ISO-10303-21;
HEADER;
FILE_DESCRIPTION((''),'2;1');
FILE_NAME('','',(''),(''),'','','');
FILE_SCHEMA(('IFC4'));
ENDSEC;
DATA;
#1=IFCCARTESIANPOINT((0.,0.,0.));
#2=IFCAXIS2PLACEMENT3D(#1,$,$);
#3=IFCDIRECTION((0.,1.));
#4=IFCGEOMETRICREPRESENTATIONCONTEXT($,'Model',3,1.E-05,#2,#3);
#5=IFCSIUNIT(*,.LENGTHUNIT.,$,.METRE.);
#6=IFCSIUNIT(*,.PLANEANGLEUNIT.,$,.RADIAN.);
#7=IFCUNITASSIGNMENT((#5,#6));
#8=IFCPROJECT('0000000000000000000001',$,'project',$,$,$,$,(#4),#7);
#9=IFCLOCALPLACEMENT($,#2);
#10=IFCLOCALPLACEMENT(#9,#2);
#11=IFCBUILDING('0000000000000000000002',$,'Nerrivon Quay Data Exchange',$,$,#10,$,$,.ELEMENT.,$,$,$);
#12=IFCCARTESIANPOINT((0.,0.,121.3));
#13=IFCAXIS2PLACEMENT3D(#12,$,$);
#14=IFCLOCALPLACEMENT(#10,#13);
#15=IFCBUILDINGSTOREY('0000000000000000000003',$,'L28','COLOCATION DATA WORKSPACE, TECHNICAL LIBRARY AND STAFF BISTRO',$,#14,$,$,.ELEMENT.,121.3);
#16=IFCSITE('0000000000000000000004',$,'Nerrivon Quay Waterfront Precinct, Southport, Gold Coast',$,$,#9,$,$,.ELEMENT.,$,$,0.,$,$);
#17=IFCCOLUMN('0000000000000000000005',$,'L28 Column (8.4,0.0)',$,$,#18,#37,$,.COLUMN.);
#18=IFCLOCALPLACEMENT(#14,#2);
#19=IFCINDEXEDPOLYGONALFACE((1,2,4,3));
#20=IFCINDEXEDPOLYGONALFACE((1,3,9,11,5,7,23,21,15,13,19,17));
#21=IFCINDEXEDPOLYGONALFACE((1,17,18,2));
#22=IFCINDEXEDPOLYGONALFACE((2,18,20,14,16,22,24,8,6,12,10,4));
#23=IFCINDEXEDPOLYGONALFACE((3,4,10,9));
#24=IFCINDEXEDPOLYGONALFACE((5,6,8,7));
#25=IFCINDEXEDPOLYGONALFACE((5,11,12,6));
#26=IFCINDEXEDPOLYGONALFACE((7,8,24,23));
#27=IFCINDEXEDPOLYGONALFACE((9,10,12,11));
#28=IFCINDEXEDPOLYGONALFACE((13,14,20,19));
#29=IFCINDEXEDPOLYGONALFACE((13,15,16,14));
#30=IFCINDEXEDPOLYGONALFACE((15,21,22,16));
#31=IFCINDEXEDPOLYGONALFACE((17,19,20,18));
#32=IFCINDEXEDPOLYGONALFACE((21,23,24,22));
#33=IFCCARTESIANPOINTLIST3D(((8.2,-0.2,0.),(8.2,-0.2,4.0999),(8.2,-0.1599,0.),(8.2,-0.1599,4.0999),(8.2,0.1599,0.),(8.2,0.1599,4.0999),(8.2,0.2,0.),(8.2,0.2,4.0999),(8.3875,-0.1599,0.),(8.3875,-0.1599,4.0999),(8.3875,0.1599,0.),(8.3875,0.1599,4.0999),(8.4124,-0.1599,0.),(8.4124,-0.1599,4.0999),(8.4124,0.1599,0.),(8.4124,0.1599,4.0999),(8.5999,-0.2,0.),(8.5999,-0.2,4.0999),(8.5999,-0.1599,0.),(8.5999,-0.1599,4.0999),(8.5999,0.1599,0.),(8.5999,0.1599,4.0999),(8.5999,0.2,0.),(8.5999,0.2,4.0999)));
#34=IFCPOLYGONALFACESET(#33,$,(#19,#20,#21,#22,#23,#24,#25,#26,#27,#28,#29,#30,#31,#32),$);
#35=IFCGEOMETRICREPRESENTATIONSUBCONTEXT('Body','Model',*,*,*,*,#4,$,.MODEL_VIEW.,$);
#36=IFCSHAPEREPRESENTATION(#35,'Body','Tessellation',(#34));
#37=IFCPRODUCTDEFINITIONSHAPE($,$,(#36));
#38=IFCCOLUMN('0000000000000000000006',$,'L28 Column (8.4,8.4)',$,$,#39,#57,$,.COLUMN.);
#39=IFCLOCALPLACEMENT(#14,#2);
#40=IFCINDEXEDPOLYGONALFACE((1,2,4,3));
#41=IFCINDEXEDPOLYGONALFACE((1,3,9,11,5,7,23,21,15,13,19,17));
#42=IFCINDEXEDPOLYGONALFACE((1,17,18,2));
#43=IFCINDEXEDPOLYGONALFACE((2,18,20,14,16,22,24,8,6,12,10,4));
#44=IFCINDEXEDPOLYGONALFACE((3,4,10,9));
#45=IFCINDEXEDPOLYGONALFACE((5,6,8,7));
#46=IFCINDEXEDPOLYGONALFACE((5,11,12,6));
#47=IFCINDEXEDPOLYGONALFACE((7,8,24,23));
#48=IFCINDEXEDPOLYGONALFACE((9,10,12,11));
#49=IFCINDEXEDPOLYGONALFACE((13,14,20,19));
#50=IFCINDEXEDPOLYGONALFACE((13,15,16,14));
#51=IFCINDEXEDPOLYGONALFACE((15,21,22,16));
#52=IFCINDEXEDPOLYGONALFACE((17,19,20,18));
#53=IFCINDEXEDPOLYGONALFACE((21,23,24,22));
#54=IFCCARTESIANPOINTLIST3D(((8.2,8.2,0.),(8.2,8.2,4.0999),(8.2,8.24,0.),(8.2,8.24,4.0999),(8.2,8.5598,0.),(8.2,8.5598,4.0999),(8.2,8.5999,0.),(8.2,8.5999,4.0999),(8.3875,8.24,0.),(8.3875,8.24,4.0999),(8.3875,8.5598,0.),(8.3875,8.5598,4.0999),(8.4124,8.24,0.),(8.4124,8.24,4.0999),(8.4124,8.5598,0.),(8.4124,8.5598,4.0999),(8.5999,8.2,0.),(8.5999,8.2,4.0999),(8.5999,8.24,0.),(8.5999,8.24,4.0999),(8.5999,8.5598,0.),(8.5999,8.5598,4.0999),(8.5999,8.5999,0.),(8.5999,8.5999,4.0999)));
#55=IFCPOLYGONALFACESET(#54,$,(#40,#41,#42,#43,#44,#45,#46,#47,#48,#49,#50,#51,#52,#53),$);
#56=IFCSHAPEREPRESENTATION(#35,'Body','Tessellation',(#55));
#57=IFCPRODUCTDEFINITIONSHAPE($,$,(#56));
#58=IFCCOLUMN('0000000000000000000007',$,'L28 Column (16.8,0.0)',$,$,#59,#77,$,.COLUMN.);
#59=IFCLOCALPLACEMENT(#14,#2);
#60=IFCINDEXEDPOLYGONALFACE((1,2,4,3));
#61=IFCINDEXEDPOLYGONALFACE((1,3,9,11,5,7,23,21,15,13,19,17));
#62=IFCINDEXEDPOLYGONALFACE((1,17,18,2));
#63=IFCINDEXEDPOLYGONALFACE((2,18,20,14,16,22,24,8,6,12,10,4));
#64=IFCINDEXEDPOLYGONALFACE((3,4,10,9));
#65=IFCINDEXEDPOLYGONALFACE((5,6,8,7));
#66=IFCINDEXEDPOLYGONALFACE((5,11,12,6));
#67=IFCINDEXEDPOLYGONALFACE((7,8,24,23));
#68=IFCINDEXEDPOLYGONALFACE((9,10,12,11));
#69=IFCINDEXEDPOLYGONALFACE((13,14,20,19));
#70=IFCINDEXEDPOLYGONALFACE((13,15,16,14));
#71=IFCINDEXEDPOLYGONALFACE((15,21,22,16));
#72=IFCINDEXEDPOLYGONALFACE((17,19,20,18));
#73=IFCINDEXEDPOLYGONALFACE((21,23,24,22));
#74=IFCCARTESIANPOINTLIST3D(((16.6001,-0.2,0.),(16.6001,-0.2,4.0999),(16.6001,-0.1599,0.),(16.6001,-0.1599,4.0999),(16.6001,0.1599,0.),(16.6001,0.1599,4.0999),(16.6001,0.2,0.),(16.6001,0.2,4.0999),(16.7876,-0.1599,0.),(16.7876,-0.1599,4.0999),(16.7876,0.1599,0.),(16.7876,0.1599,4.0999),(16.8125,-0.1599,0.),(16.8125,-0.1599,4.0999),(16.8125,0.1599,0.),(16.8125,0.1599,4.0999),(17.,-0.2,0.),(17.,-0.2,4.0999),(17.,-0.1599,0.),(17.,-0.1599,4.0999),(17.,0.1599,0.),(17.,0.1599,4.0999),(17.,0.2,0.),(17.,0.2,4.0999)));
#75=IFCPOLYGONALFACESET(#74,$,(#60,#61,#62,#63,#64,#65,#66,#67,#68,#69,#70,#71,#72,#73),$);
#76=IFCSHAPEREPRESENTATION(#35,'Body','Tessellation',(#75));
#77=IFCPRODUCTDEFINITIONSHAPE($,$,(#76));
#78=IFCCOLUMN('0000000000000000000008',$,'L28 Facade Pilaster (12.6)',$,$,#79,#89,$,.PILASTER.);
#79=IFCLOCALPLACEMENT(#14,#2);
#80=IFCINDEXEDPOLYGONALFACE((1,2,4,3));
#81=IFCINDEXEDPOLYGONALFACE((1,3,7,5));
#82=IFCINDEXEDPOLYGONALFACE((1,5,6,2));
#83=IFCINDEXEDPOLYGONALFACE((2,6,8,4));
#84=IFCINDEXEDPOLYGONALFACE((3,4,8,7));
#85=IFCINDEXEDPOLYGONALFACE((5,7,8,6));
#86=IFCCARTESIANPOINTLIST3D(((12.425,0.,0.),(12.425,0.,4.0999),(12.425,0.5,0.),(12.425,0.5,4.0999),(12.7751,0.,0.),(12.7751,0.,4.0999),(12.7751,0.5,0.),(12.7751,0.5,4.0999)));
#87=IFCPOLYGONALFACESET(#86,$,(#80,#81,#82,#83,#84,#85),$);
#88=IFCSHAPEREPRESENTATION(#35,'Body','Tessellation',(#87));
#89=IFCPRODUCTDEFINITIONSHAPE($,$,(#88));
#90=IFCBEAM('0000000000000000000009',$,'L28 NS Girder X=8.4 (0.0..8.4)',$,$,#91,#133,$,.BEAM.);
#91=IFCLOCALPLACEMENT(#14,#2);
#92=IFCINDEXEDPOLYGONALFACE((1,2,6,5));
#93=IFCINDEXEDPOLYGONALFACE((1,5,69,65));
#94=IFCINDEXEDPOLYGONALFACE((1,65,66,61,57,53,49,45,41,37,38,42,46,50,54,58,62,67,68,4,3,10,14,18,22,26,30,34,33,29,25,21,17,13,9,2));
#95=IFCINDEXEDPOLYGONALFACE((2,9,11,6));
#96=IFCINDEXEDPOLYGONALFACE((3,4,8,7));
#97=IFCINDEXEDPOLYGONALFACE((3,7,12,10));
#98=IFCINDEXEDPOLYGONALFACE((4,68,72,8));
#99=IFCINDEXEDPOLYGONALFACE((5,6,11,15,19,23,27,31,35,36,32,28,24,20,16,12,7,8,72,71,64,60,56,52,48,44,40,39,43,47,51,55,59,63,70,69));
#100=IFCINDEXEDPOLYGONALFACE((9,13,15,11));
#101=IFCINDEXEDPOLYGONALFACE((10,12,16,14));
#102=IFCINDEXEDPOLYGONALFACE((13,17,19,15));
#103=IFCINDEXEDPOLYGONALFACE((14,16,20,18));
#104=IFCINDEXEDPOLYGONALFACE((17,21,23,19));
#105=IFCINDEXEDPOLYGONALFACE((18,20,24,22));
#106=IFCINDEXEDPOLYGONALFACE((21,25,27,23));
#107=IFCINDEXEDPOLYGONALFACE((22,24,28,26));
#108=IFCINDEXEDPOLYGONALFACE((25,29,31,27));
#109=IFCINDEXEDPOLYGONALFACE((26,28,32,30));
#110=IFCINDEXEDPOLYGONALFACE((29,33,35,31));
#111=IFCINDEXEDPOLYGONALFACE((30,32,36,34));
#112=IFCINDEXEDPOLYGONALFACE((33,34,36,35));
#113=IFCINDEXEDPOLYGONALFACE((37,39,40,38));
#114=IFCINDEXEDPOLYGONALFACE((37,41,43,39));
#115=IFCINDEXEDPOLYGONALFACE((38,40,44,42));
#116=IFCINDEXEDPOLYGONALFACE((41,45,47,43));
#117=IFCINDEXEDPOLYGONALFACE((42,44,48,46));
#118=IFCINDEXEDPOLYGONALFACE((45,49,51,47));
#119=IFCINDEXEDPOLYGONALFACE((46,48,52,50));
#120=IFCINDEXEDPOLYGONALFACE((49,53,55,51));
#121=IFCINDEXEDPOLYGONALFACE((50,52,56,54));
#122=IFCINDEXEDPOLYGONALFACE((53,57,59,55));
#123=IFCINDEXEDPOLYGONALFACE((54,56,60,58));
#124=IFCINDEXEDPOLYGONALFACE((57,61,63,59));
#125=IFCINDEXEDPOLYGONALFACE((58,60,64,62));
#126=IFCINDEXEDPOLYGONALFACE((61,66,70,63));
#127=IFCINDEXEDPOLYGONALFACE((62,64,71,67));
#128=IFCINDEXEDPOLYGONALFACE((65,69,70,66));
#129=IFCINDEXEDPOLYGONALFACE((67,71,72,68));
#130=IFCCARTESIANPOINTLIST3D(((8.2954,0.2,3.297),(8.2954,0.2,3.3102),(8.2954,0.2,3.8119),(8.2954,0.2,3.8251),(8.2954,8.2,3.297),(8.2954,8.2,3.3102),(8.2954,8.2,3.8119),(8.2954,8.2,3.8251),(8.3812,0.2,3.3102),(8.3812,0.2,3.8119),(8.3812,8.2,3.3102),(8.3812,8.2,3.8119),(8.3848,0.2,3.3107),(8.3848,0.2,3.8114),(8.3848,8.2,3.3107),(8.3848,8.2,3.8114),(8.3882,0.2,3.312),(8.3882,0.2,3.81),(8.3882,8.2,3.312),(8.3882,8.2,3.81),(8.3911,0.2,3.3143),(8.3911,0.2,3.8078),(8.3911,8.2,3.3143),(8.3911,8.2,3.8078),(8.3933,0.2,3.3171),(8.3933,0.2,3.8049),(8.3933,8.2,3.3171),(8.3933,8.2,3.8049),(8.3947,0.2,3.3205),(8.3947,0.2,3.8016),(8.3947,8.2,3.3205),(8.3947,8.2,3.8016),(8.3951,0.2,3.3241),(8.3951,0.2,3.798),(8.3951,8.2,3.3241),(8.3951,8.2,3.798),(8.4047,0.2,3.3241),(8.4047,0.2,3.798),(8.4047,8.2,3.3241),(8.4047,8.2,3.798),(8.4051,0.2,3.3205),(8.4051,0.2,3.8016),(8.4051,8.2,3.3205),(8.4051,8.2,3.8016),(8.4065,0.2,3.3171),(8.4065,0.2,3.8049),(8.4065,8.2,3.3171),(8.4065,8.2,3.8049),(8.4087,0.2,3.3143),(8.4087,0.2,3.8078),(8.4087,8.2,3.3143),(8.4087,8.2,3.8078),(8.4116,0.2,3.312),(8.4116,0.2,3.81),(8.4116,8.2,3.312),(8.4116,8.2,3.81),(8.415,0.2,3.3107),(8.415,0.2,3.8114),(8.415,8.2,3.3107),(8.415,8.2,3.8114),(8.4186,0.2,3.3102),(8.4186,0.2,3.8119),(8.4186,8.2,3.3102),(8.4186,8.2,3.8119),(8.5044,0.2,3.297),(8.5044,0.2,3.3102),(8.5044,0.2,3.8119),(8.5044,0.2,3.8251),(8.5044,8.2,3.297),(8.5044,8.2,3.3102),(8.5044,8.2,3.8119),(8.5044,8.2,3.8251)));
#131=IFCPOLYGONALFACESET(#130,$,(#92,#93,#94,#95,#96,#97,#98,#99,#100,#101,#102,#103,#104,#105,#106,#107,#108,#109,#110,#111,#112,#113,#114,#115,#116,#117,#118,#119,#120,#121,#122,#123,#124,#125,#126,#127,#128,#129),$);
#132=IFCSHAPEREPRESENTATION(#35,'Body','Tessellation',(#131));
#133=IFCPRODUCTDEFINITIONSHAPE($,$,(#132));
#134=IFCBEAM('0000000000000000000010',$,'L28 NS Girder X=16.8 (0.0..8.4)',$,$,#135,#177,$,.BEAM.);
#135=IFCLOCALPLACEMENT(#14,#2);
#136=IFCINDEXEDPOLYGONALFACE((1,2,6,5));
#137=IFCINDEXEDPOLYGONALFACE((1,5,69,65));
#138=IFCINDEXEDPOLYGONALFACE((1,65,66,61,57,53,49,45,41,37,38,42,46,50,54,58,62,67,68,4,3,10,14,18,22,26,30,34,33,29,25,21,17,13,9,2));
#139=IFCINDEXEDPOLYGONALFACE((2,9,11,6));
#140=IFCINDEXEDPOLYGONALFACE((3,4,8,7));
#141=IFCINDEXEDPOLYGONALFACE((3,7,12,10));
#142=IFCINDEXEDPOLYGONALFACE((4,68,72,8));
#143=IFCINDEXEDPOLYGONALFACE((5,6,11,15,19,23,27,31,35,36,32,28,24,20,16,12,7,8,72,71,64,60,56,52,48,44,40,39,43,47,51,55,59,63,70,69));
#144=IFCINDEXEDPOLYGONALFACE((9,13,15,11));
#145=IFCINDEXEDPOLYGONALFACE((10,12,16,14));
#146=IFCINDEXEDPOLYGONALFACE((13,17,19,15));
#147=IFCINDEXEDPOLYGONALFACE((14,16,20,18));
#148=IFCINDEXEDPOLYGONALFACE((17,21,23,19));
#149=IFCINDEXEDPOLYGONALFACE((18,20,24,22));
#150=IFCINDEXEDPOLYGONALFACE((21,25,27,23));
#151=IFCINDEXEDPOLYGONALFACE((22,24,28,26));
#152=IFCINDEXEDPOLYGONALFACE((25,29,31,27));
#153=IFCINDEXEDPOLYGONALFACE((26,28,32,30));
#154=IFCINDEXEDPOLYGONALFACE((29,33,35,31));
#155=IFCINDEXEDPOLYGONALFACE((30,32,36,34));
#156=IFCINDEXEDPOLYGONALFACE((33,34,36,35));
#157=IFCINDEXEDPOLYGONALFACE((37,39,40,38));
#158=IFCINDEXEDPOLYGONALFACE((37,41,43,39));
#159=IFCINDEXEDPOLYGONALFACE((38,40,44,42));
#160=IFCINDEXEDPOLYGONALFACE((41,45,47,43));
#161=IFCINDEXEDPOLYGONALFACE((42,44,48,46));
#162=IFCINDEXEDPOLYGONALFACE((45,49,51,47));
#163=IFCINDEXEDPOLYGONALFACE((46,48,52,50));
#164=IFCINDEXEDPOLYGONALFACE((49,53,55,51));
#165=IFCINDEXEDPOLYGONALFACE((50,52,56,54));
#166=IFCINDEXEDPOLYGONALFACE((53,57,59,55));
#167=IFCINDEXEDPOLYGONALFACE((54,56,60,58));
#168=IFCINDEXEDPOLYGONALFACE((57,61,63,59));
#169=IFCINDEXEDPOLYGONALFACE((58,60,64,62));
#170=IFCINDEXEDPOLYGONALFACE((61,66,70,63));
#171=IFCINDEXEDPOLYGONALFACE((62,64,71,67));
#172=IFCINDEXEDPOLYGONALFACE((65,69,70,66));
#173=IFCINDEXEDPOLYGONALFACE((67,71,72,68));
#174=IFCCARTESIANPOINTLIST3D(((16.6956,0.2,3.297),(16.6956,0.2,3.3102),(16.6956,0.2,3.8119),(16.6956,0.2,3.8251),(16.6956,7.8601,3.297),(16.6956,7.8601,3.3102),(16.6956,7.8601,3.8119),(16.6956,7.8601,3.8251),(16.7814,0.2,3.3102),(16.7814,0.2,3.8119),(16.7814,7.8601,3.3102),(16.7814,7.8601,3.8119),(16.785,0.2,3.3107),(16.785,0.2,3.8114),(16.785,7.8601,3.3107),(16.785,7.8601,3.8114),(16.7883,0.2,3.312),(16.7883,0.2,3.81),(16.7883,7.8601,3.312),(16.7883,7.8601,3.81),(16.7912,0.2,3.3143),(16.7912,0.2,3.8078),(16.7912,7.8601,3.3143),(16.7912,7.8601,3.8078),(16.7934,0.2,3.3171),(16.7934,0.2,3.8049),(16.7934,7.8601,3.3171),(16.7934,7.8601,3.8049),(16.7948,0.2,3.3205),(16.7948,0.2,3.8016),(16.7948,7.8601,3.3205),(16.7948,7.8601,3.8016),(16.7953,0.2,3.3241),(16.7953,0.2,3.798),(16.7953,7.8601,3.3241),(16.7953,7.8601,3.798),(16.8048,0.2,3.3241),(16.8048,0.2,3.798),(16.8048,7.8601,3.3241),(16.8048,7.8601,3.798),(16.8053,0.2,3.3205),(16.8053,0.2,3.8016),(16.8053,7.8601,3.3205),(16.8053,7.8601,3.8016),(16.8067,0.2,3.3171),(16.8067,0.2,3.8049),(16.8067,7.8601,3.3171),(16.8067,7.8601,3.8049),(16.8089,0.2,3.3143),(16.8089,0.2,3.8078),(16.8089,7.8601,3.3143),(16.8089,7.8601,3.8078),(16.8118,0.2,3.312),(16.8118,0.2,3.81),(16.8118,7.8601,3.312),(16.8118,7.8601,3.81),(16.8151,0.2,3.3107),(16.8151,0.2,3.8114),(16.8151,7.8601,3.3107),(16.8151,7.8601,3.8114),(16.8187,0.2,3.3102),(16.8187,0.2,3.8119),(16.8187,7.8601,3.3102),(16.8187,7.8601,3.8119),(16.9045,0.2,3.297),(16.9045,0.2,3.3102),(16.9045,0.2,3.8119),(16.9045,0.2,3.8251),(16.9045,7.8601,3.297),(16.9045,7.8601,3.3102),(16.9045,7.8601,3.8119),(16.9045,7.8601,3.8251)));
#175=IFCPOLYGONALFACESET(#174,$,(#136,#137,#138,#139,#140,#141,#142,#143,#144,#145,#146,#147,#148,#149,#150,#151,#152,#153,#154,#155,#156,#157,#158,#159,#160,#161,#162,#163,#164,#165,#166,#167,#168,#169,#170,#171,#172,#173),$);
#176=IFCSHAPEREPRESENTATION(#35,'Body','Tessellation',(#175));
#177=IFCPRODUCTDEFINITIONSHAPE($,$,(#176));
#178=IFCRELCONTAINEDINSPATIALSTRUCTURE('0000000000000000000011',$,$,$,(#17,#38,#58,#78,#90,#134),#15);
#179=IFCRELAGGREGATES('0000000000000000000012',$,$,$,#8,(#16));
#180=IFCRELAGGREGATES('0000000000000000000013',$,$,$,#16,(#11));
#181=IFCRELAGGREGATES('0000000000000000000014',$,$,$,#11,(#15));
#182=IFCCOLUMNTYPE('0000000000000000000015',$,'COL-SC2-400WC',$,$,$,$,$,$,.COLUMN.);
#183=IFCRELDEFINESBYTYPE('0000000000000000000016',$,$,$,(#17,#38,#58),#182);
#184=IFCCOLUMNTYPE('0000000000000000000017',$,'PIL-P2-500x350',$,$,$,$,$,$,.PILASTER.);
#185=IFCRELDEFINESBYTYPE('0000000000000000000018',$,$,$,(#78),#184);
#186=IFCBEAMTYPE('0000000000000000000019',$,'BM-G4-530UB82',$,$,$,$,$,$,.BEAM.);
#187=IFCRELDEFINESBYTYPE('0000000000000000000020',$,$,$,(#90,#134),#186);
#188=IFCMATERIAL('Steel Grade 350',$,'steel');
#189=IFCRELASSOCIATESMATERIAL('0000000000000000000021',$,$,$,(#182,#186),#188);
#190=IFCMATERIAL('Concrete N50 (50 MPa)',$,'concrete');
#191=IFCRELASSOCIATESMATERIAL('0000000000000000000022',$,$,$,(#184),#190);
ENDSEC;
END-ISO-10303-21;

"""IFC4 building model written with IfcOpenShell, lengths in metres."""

from ifc_helpers import new_model, si_unit, direction, frame, origin, origin_2d, place, context, subcontext, project, spatial, rectangle, i_section, extrude, material, material_profile, profile_set, type_object, element, save


model = new_model("IFC4")

# Units and contexts
model_context = context("Model", 3, precision=1e-05, world=origin(), true_north=direction((0.0, 1.0)))
body_context = subcontext(model_context, "Body", "Model", "MODEL_VIEW")
ifc_project = project(units=[si_unit("LENGTHUNIT", "METRE"), si_unit("PLANEANGLEUNIT", "RADIAN")], contexts=[model_context])

# Site, building, storey
site_placement = place(None, origin())
site = spatial("IfcSite", under=ifc_project, at=site_placement, Name="Nerrivon Quay Waterfront Precinct, Southport, Gold Coast", CompositionType="ELEMENT", RefElevation=0.0)
building_placement = place(site_placement, origin())
building = spatial("IfcBuilding", under=site, at=building_placement, Name="Nerrivon Quay Data Exchange", CompositionType="ELEMENT")
storey_placement = place(building_placement, frame((0.0, 0.0, 121.3)))
storey = spatial("IfcBuildingStorey", under=building, at=storey_placement, Name="L28", Description="COLOCATION DATA WORKSPACE, TECHNICAL LIBRARY AND STAFF BISTRO", CompositionType="ELEMENT", Elevation=121.3)

# Columns
ifc_material_1 = material(Name="Steel Grade 350", Category="steel")
ifc_material_profile_1 = material_profile(ifc_material_1, i_section(OverallWidth=0.3999, OverallDepth=0.3999, WebThickness=0.0249, FlangeThickness=0.04, at=origin_2d()), Name="400WC328")
ifc_profile_set_1 = profile_set([ifc_material_profile_1], Name="Steel Grade 350")
column_type_1 = type_object("IfcColumnType", Name="COL-SC2-400WC", PredefinedType="COLUMN", material=ifc_profile_set_1)
for number, where, z_axis, x_axis, name in (
    (1, (8.3999, 0.0, 0.0), (0.0, 0.0, 1.0), (1.0, 0.0, 0.0), "L28 Column (8.4,0.0)"),
    (2, (8.3999, 8.3999, 0.0), (0.0, 0.0, 1.0), (1.0, 0.0, 0.0), "L28 Column (8.4,8.4)"),
    (3, (16.8, 0.0, 0.0), (0.0, 0.0, 1.0), (1.0, 0.0, 0.0), "L28 Column (16.8,0.0)"),
):
    element("IfcColumn", number, at=place(storey_placement, frame(where, z_axis=z_axis, x_axis=x_axis)), inside=storey, type_object=column_type_1, Name=name, PredefinedType="COLUMN", context=body_context, shape_type="SweptSolid", body=[
        extrude(i_section(OverallWidth=0.3999, OverallDepth=0.3999, WebThickness=0.0249, FlangeThickness=0.04, at=origin_2d()), origin(), (0.0, 0.0, 1.0), 4.0999),
    ])
ifc_material_2 = material(Name="Concrete N50 (50 MPa)", Category="concrete")
ifc_material_profile_2 = material_profile(ifc_material_2, rectangle(XDim=0.3501, YDim=0.5, at=origin_2d()), Name="RC-PIL-500x350")
ifc_profile_set_2 = profile_set([ifc_material_profile_2], Name="Concrete N50 (50 MPa)")
column_type_2 = type_object("IfcColumnType", Name="PIL-P2-500x350", PredefinedType="PILASTER", material=ifc_profile_set_2)
column_placement = place(storey_placement, frame((12.6001, 0.25, 0.0), z_axis=(0.0, 0.0, 1.0), x_axis=(1.0, 0.0, 0.0)))
element("IfcColumn", 4, at=column_placement, inside=storey, type_object=column_type_2, Name="L28 Facade Pilaster (12.6)", PredefinedType="PILASTER", context=body_context, shape_type="SweptSolid", body=[
    extrude(rectangle(XDim=0.3501, YDim=0.5, at=origin_2d()), origin(), (0.0, 0.0, 1.0), 4.0999),
])

# Beams
ifc_material_profile_3 = material_profile(ifc_material_1, i_section(OverallWidth=0.209, OverallDepth=0.5281, WebThickness=0.0095, FlangeThickness=0.0132, FilletRadius=0.0139, at=origin_2d()), Name="530UB82.0")
ifc_profile_set_3 = profile_set([ifc_material_profile_3], Name="Steel Grade 350")
beam_type_1 = type_object("IfcBeamType", Name="BM-G4-530UB82", PredefinedType="BEAM", material=ifc_profile_set_3)
beam_1_placement = place(storey_placement, frame((8.3999, 0.2, 3.561), z_axis=(0.0, 1.0, 0.0), x_axis=(-1.0, 0.0, 0.0)))
element("IfcBeam", 5, at=beam_1_placement, inside=storey, type_object=beam_type_1, Name="L28 NS Girder X=8.4 (0.0..8.4)", PredefinedType="BEAM", context=body_context, shape_type="SweptSolid", body=[
    extrude(i_section(OverallWidth=0.209, OverallDepth=0.5281, WebThickness=0.0095, FlangeThickness=0.0132, FilletRadius=0.0139, at=origin_2d()), origin(), (0.0, 0.0, 1.0), 8.0),
])
beam_2_placement = place(storey_placement, frame((16.8, 0.2, 3.561), z_axis=(0.0, 1.0, 0.0), x_axis=(-1.0, 0.0, 0.0)))
element("IfcBeam", 6, at=beam_2_placement, inside=storey, type_object=beam_type_1, Name="L28 NS Girder X=16.8 (0.0..8.4)", PredefinedType="BEAM", context=body_context, shape_type="SweptSolid", body=[
    extrude(i_section(OverallWidth=0.209, OverallDepth=0.5281, WebThickness=0.0095, FlangeThickness=0.0132, FilletRadius=0.0139, at=origin_2d()), origin(), (0.0, 0.0, 1.0), 7.6602),
])

save(model, "model.ifc")
